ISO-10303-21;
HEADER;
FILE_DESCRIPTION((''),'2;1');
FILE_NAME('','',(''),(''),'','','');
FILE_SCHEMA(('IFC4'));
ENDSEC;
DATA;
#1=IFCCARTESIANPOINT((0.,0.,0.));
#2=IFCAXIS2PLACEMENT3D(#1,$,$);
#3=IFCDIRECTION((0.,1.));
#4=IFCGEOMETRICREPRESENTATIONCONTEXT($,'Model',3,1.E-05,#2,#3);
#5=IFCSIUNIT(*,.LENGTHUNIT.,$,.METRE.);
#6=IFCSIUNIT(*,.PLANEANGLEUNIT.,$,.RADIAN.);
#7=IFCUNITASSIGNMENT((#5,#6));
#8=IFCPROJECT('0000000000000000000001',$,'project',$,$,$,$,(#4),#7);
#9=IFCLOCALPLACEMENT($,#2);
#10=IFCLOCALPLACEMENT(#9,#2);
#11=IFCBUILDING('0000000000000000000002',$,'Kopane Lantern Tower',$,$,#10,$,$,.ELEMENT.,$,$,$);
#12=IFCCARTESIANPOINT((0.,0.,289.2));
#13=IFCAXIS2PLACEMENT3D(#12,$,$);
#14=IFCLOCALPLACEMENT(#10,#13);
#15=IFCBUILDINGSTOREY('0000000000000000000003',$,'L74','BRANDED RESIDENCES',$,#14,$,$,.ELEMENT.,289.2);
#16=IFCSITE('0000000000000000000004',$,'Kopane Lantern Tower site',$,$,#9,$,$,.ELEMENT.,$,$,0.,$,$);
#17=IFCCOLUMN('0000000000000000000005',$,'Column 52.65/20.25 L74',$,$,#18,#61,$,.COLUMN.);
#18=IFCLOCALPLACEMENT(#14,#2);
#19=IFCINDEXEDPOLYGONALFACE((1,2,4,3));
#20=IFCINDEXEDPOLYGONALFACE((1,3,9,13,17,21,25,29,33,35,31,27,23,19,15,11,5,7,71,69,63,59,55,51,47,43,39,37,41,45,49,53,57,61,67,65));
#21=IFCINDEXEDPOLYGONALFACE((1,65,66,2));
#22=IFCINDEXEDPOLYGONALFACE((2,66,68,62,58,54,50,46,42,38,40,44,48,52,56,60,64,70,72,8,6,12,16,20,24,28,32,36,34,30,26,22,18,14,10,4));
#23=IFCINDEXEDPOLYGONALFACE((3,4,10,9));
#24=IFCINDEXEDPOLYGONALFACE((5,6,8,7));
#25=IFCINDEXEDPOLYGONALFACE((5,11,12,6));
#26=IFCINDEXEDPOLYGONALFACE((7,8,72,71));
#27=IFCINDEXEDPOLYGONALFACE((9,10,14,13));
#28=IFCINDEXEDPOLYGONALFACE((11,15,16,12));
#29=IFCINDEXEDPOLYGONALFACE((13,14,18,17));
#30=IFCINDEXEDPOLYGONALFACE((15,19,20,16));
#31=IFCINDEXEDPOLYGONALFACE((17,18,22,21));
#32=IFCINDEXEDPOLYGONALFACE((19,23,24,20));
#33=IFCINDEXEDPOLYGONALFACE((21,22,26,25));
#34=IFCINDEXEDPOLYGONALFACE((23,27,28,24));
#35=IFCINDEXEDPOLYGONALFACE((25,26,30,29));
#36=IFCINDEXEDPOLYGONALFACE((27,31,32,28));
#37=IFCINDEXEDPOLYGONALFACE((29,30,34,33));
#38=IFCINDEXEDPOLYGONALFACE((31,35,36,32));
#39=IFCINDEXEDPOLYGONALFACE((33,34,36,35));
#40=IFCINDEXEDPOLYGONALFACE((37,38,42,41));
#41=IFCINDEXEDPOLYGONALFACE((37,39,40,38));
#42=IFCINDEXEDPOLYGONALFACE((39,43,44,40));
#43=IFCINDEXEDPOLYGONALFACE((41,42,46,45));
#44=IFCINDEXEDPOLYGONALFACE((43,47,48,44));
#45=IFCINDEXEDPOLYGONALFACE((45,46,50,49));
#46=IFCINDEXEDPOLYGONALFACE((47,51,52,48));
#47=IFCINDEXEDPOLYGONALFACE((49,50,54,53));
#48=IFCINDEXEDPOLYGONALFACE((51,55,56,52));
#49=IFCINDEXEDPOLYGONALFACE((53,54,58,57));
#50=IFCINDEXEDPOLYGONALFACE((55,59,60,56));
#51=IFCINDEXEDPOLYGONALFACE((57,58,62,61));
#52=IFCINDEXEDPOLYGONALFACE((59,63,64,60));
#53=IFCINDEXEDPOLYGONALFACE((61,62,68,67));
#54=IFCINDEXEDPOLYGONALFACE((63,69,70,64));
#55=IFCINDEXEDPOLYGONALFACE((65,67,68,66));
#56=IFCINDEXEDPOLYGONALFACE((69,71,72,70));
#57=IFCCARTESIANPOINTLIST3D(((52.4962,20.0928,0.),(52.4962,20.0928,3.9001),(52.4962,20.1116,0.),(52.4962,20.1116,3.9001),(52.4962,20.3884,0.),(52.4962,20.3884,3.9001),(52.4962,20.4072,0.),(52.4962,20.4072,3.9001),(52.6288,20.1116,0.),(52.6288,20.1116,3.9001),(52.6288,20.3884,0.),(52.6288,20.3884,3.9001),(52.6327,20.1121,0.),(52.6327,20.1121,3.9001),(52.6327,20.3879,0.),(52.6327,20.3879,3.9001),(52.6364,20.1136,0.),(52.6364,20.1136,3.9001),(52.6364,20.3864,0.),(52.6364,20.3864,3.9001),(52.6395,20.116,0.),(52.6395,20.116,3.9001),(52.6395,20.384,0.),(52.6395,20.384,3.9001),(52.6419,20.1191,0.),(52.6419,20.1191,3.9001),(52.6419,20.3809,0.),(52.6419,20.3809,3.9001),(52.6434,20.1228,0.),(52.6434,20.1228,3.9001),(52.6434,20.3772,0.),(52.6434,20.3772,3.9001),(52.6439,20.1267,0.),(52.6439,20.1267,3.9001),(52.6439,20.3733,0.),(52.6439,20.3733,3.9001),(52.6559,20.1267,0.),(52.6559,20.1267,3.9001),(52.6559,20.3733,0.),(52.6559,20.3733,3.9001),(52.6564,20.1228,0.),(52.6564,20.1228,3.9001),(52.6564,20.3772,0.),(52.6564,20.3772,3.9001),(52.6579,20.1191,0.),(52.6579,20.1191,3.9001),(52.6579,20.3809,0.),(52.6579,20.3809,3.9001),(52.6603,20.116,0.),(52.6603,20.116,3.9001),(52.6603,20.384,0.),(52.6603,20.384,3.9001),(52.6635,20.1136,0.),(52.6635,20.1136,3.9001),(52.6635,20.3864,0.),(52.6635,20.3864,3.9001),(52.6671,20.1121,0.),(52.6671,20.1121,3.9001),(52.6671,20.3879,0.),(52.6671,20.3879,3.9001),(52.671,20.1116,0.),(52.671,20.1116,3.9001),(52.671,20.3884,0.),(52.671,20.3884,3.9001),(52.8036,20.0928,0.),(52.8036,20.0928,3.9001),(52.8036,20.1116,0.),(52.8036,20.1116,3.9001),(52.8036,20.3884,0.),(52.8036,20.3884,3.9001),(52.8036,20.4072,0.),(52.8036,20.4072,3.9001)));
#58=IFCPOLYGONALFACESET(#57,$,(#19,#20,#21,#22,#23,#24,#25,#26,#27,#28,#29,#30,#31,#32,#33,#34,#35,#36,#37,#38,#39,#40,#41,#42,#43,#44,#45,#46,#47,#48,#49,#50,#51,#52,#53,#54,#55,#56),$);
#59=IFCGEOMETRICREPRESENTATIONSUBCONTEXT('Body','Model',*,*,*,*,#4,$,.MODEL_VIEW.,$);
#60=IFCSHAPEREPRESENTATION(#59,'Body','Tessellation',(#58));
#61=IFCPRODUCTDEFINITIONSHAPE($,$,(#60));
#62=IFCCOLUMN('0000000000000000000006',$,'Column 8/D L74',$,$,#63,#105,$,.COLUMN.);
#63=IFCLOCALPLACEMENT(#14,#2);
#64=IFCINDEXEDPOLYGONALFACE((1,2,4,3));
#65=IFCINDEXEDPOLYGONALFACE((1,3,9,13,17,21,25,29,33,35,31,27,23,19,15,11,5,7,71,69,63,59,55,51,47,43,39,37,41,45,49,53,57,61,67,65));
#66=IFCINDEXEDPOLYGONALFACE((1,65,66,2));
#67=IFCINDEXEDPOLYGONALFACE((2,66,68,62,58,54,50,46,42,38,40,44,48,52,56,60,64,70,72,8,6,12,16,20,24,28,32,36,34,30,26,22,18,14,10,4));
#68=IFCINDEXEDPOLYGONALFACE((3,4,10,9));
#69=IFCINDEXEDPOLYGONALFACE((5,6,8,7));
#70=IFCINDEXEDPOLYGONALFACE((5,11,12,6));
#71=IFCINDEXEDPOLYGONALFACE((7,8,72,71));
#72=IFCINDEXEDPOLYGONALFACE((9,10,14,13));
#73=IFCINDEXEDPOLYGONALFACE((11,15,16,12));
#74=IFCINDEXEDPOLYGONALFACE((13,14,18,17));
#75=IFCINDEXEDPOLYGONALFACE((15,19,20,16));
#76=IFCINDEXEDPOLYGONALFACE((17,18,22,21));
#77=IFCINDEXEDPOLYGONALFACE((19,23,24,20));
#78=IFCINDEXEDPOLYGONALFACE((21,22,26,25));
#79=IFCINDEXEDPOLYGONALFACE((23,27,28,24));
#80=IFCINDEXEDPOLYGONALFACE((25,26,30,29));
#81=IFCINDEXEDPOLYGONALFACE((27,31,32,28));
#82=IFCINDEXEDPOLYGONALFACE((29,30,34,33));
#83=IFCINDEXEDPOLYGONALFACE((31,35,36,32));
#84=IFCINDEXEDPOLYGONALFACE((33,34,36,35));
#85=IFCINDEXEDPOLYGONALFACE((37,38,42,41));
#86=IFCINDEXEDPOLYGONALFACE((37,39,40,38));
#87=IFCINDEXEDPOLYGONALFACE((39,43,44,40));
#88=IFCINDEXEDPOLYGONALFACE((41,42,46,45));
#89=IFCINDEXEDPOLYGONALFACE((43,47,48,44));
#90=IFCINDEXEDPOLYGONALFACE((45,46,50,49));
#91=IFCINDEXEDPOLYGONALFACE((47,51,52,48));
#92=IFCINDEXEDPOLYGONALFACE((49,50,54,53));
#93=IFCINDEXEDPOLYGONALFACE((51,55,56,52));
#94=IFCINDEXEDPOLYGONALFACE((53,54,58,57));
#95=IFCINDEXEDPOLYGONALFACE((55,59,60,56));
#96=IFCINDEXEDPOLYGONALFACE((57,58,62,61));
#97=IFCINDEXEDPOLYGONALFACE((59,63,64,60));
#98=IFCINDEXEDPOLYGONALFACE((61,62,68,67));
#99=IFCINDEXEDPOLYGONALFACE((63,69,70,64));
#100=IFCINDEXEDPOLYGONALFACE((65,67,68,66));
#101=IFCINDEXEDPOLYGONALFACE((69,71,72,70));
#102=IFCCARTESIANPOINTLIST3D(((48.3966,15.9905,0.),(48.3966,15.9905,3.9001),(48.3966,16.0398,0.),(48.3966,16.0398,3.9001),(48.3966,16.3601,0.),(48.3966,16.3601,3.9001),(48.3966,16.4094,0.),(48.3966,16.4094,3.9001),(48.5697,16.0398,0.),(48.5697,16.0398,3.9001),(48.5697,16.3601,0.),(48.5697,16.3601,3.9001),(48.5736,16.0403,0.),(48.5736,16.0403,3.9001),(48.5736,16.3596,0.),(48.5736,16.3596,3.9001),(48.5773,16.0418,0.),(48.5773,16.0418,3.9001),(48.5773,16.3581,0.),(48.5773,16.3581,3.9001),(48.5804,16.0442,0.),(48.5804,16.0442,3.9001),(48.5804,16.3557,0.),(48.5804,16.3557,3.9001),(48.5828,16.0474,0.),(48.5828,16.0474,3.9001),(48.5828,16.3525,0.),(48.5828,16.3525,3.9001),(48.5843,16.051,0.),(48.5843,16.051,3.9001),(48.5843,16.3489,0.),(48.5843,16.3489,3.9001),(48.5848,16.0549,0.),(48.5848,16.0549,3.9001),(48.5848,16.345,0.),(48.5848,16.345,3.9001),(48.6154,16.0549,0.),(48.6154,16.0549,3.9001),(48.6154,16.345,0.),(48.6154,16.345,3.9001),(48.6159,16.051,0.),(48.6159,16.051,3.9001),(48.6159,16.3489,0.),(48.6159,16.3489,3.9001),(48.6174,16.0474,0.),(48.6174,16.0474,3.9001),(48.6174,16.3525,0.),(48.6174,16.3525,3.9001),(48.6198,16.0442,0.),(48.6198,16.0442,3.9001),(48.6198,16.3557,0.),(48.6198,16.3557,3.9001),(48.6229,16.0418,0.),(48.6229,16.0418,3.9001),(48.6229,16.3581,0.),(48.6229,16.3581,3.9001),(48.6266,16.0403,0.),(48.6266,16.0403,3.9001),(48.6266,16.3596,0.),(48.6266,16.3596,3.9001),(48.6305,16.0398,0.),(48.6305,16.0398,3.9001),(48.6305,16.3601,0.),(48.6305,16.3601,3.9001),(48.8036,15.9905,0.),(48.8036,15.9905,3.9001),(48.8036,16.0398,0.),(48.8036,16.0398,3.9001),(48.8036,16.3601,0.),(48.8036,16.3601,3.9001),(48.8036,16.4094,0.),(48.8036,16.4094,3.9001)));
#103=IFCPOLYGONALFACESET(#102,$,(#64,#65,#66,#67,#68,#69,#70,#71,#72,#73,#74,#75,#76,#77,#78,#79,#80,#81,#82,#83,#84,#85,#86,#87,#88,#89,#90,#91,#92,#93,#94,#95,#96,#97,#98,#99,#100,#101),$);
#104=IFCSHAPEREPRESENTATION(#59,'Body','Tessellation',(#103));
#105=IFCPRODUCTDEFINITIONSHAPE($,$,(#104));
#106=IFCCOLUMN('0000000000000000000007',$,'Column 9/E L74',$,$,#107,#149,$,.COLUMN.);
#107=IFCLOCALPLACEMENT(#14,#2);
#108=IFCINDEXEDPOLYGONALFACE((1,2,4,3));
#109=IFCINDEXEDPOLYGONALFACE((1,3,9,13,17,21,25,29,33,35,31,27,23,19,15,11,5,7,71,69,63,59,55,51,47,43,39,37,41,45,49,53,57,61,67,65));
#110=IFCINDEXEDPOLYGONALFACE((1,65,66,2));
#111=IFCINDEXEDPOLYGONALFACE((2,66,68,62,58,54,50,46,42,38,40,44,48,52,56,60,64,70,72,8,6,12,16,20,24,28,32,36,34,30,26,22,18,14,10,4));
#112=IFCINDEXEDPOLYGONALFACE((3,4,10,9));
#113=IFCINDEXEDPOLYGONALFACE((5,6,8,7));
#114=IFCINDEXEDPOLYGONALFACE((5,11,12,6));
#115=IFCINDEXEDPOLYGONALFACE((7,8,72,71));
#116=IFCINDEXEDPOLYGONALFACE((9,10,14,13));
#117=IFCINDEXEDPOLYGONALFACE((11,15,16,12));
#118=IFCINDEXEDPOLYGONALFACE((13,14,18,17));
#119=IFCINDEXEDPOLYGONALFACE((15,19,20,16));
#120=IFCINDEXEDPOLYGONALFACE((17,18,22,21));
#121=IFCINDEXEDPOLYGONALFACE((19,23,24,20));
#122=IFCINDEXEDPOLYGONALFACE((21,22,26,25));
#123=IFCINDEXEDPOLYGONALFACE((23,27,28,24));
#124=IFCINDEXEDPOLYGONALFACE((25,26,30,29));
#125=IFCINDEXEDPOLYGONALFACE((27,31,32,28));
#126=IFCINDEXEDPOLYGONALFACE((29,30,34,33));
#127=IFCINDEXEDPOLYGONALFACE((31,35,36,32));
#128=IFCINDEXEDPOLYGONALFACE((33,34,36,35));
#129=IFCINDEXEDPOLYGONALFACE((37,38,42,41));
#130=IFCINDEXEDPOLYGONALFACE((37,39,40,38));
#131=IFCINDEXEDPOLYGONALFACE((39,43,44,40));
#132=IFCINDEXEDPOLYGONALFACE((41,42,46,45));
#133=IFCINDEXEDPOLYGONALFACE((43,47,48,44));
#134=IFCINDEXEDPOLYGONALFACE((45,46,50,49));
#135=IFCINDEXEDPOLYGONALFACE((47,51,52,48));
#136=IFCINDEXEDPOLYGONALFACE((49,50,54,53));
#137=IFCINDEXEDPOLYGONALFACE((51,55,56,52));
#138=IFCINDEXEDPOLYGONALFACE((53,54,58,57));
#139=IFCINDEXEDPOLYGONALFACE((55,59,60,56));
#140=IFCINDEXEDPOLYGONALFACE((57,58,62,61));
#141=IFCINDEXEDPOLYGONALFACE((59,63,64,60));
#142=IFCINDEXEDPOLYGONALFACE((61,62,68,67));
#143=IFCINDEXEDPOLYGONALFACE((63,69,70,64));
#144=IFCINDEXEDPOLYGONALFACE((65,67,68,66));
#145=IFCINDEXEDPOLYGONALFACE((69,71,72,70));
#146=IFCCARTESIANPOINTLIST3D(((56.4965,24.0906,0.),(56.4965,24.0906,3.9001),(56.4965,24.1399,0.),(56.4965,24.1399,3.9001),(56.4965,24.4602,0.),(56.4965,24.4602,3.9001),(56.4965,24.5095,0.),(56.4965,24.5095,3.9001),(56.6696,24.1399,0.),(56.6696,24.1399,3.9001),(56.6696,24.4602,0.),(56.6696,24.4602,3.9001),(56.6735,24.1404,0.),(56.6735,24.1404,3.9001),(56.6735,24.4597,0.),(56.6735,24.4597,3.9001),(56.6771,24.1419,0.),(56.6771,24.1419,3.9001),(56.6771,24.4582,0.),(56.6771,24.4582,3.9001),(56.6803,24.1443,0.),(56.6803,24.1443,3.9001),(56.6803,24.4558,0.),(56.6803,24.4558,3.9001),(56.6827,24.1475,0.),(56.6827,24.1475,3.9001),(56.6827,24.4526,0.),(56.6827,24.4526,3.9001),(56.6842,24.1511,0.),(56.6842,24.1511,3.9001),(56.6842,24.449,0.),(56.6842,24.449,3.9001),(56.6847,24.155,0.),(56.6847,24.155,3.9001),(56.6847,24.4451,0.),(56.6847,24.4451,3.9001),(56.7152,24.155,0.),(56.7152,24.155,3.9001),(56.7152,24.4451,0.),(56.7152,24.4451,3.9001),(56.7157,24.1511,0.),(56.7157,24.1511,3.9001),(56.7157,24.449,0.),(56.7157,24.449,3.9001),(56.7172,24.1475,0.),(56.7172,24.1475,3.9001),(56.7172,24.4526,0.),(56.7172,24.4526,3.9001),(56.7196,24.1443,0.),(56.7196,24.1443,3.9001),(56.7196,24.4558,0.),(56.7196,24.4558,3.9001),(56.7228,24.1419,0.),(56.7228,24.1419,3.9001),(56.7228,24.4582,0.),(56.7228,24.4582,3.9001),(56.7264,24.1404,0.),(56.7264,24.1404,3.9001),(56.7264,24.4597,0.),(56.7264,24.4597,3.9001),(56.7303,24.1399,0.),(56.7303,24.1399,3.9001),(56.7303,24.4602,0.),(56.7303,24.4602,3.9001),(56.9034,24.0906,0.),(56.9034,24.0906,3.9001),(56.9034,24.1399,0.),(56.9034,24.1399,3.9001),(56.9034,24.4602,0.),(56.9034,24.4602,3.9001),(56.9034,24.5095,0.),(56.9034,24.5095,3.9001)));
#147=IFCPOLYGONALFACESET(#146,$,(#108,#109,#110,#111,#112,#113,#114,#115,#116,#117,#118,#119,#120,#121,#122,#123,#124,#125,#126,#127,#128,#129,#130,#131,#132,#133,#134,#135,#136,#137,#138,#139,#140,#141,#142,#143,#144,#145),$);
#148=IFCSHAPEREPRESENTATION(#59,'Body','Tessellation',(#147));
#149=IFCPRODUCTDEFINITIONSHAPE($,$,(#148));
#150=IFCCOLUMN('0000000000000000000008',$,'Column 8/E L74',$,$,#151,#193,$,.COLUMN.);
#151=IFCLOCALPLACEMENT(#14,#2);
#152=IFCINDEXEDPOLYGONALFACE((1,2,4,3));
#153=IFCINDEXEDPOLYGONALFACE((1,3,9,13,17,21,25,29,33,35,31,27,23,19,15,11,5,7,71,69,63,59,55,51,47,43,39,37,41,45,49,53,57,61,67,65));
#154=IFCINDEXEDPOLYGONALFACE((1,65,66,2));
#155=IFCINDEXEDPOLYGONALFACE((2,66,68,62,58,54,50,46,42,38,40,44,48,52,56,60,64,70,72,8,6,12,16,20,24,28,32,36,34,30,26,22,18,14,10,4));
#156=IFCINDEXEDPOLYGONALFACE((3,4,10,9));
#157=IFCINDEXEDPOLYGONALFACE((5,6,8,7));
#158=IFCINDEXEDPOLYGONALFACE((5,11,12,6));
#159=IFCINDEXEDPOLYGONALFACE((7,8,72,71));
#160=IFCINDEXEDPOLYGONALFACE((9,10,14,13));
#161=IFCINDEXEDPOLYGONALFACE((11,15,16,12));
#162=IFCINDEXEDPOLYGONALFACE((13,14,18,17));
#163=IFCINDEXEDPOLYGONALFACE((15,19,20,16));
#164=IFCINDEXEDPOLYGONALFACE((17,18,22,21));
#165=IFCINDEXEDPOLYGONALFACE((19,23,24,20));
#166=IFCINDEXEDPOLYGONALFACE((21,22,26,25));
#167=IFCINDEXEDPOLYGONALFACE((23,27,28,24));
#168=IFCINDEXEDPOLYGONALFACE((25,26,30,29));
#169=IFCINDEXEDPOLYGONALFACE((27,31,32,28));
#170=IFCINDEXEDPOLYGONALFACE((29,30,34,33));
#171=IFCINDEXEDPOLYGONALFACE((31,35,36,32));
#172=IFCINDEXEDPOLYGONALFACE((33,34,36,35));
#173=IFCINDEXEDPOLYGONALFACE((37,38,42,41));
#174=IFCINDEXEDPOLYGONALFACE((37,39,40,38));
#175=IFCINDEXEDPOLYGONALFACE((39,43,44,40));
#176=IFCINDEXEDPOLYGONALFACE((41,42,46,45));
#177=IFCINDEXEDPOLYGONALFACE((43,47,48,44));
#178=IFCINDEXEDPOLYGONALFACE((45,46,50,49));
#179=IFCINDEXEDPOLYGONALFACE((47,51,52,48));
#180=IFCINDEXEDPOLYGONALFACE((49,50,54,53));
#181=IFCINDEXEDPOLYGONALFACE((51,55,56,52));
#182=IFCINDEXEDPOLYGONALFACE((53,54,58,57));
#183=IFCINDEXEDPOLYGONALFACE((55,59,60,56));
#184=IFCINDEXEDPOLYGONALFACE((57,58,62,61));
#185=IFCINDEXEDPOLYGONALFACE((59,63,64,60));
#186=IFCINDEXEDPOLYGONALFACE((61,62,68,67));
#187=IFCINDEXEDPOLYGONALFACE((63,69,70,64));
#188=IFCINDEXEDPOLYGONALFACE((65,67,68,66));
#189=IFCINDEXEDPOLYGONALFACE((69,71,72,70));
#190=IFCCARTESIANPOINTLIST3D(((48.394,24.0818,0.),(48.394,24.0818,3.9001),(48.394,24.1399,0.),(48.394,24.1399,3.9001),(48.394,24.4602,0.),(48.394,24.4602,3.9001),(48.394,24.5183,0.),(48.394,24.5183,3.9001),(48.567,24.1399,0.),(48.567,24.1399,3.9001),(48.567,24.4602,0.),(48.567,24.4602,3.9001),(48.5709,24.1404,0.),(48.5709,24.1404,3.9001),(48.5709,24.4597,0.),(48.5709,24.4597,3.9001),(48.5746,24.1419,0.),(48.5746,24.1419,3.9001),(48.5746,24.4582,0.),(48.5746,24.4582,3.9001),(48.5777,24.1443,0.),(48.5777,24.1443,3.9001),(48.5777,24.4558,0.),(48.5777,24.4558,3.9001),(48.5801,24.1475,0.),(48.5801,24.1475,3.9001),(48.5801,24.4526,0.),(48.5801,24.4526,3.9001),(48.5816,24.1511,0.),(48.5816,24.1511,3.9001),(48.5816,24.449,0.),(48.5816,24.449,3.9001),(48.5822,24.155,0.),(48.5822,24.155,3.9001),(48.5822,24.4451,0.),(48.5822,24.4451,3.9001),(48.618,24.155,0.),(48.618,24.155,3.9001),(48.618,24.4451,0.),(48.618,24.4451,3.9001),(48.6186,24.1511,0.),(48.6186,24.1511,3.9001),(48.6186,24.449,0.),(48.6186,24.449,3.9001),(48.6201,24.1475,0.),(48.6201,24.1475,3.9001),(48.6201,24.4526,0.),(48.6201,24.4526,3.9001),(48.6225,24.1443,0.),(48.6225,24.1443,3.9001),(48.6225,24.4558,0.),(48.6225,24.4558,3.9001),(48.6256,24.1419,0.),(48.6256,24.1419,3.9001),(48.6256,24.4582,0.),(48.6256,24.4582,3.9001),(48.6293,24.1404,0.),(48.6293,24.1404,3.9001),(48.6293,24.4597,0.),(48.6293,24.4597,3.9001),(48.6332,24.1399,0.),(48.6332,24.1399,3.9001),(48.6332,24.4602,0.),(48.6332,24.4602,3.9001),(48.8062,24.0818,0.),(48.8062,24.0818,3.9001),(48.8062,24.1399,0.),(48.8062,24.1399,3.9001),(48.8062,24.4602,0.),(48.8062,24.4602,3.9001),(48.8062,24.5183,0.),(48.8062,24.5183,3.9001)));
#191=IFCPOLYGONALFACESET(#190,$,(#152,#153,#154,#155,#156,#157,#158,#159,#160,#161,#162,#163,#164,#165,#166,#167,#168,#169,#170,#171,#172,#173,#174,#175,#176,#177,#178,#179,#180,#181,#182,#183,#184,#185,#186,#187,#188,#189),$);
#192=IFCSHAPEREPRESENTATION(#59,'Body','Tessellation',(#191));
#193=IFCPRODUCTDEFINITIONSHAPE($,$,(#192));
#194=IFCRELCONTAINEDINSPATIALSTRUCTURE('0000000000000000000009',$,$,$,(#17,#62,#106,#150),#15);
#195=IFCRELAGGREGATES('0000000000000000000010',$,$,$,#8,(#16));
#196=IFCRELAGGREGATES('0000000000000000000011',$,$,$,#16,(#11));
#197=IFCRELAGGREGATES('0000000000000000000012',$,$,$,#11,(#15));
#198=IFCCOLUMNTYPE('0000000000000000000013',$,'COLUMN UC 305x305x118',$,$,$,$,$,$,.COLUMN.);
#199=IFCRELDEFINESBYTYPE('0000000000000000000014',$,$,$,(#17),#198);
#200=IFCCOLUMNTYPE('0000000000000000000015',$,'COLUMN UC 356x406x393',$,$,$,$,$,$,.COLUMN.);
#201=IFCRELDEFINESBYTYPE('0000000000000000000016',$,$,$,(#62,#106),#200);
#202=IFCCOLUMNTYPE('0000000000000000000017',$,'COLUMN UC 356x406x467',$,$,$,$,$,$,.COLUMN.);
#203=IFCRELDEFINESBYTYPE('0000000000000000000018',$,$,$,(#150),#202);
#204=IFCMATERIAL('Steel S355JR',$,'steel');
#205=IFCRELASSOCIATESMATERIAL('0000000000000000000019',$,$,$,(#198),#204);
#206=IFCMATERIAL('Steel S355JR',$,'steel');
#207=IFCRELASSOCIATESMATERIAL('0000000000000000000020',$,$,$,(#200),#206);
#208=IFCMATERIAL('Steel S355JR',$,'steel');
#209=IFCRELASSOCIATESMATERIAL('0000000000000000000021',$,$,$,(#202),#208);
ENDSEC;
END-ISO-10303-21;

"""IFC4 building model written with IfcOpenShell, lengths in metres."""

from ifc_helpers import new_model, si_unit, direction, frame, origin, origin_2d, place, context, subcontext, project, spatial, i_section, extrude, material, material_profile, profile_set, type_object, element, save


model = new_model("IFC4")

# Units and contexts
model_context = context("Model", 3, precision=1e-05, world=origin(), true_north=direction((0.0, 1.0)))
body_context = subcontext(model_context, "Body", "Model", "MODEL_VIEW")
ifc_project = project(units=[si_unit("LENGTHUNIT", "METRE"), si_unit("PLANEANGLEUNIT", "RADIAN")], contexts=[model_context])

# Site, building, storey
site_placement = place(None, origin())
site = spatial("IfcSite", under=ifc_project, at=site_placement, Name="Kopane Lantern Tower site", CompositionType="ELEMENT", RefElevation=0.0)
building_placement = place(site_placement, origin())
building = spatial("IfcBuilding", under=site, at=building_placement, Name="Kopane Lantern Tower", CompositionType="ELEMENT")
storey_placement = place(building_placement, frame((0.0, 0.0, 289.2)))
storey = spatial("IfcBuildingStorey", under=building, at=storey_placement, Name="L74", Description="BRANDED RESIDENCES", CompositionType="ELEMENT", Elevation=289.2)

# Columns
ifc_material_1 = material(Name="Steel S355JR", Category="steel")
ifc_material_profile_1 = material_profile(ifc_material_1, i_section(OverallWidth=0.3074, OverallDepth=0.3145, WebThickness=0.012, FlangeThickness=0.0188, FilletRadius=0.0151, at=origin_2d()), Name="UC 305x305x118")
ifc_profile_set_1 = profile_set([ifc_material_profile_1], Name="Steel S355JR")
column_type_1 = type_object("IfcColumnType", Name="COLUMN UC 305x305x118", PredefinedType="COLUMN", material=ifc_profile_set_1)
column_1_placement = place(storey_placement, frame((52.6499, 20.25, 0.0), z_axis=(0.0, 0.0, 1.0), x_axis=(1.0, 0.0, 0.0)))
element("IfcColumn", 1, at=column_1_placement, inside=storey, type_object=column_type_1, Name="Column 52.65/20.25 L74", PredefinedType="COLUMN", context=body_context, shape_type="SweptSolid", body=[
    extrude(i_section(OverallWidth=0.3074, OverallDepth=0.3145, WebThickness=0.012, FlangeThickness=0.0188, FilletRadius=0.0151, at=origin_2d()), origin(), (0.0, 0.0, 1.0), 3.9001),
])
ifc_material_2 = material(Name="Steel S355JR", Category="steel")
ifc_material_profile_2 = material_profile(ifc_material_2, i_section(OverallWidth=0.407, OverallDepth=0.4189, WebThickness=0.0305, FlangeThickness=0.0493, FilletRadius=0.0151, at=origin_2d()), Name="UC 356x406x393")
ifc_profile_set_2 = profile_set([ifc_material_profile_2], Name="Steel S355JR")
column_type_2 = type_object("IfcColumnType", Name="COLUMN UC 356x406x393", PredefinedType="COLUMN", material=ifc_profile_set_2)
for number, where, z_axis, x_axis, name in (
    (2, (48.6001, 16.2, 0.0), (0.0, 0.0, 1.0), (1.0, 0.0, 0.0), "Column 8/D L74"),
    (3, (56.7, 24.3, 0.0), (0.0, 0.0, 1.0), (1.0, 0.0, 0.0), "Column 9/E L74"),
):
    element("IfcColumn", number, at=place(storey_placement, frame(where, z_axis=z_axis, x_axis=x_axis)), inside=storey, type_object=column_type_2, Name=name, PredefinedType="COLUMN", context=body_context, shape_type="SweptSolid", body=[
        extrude(i_section(OverallWidth=0.407, OverallDepth=0.4189, WebThickness=0.0305, FlangeThickness=0.0493, FilletRadius=0.0151, at=origin_2d()), origin(), (0.0, 0.0, 1.0), 3.9001),
    ])
ifc_material_3 = material(Name="Steel S355JR", Category="steel")
ifc_material_profile_3 = material_profile(ifc_material_3, i_section(OverallWidth=0.4121, OverallDepth=0.4365, WebThickness=0.0359, FlangeThickness=0.0581, FilletRadius=0.0151, at=origin_2d()), Name="UC 356x406x467")
ifc_profile_set_3 = profile_set([ifc_material_profile_3], Name="Steel S355JR")
column_type_3 = type_object("IfcColumnType", Name="COLUMN UC 356x406x467", PredefinedType="COLUMN", material=ifc_profile_set_3)
column_2_placement = place(storey_placement, frame((48.6001, 24.3, 0.0), z_axis=(0.0, 0.0, 1.0), x_axis=(1.0, 0.0, 0.0)))
element("IfcColumn", 4, at=column_2_placement, inside=storey, type_object=column_type_3, Name="Column 8/E L74", PredefinedType="COLUMN", context=body_context, shape_type="SweptSolid", body=[
    extrude(i_section(OverallWidth=0.4121, OverallDepth=0.4365, WebThickness=0.0359, FlangeThickness=0.0581, FilletRadius=0.0151, at=origin_2d()), origin(), (0.0, 0.0, 1.0), 3.9001),
])

save(model, "model.ifc")
